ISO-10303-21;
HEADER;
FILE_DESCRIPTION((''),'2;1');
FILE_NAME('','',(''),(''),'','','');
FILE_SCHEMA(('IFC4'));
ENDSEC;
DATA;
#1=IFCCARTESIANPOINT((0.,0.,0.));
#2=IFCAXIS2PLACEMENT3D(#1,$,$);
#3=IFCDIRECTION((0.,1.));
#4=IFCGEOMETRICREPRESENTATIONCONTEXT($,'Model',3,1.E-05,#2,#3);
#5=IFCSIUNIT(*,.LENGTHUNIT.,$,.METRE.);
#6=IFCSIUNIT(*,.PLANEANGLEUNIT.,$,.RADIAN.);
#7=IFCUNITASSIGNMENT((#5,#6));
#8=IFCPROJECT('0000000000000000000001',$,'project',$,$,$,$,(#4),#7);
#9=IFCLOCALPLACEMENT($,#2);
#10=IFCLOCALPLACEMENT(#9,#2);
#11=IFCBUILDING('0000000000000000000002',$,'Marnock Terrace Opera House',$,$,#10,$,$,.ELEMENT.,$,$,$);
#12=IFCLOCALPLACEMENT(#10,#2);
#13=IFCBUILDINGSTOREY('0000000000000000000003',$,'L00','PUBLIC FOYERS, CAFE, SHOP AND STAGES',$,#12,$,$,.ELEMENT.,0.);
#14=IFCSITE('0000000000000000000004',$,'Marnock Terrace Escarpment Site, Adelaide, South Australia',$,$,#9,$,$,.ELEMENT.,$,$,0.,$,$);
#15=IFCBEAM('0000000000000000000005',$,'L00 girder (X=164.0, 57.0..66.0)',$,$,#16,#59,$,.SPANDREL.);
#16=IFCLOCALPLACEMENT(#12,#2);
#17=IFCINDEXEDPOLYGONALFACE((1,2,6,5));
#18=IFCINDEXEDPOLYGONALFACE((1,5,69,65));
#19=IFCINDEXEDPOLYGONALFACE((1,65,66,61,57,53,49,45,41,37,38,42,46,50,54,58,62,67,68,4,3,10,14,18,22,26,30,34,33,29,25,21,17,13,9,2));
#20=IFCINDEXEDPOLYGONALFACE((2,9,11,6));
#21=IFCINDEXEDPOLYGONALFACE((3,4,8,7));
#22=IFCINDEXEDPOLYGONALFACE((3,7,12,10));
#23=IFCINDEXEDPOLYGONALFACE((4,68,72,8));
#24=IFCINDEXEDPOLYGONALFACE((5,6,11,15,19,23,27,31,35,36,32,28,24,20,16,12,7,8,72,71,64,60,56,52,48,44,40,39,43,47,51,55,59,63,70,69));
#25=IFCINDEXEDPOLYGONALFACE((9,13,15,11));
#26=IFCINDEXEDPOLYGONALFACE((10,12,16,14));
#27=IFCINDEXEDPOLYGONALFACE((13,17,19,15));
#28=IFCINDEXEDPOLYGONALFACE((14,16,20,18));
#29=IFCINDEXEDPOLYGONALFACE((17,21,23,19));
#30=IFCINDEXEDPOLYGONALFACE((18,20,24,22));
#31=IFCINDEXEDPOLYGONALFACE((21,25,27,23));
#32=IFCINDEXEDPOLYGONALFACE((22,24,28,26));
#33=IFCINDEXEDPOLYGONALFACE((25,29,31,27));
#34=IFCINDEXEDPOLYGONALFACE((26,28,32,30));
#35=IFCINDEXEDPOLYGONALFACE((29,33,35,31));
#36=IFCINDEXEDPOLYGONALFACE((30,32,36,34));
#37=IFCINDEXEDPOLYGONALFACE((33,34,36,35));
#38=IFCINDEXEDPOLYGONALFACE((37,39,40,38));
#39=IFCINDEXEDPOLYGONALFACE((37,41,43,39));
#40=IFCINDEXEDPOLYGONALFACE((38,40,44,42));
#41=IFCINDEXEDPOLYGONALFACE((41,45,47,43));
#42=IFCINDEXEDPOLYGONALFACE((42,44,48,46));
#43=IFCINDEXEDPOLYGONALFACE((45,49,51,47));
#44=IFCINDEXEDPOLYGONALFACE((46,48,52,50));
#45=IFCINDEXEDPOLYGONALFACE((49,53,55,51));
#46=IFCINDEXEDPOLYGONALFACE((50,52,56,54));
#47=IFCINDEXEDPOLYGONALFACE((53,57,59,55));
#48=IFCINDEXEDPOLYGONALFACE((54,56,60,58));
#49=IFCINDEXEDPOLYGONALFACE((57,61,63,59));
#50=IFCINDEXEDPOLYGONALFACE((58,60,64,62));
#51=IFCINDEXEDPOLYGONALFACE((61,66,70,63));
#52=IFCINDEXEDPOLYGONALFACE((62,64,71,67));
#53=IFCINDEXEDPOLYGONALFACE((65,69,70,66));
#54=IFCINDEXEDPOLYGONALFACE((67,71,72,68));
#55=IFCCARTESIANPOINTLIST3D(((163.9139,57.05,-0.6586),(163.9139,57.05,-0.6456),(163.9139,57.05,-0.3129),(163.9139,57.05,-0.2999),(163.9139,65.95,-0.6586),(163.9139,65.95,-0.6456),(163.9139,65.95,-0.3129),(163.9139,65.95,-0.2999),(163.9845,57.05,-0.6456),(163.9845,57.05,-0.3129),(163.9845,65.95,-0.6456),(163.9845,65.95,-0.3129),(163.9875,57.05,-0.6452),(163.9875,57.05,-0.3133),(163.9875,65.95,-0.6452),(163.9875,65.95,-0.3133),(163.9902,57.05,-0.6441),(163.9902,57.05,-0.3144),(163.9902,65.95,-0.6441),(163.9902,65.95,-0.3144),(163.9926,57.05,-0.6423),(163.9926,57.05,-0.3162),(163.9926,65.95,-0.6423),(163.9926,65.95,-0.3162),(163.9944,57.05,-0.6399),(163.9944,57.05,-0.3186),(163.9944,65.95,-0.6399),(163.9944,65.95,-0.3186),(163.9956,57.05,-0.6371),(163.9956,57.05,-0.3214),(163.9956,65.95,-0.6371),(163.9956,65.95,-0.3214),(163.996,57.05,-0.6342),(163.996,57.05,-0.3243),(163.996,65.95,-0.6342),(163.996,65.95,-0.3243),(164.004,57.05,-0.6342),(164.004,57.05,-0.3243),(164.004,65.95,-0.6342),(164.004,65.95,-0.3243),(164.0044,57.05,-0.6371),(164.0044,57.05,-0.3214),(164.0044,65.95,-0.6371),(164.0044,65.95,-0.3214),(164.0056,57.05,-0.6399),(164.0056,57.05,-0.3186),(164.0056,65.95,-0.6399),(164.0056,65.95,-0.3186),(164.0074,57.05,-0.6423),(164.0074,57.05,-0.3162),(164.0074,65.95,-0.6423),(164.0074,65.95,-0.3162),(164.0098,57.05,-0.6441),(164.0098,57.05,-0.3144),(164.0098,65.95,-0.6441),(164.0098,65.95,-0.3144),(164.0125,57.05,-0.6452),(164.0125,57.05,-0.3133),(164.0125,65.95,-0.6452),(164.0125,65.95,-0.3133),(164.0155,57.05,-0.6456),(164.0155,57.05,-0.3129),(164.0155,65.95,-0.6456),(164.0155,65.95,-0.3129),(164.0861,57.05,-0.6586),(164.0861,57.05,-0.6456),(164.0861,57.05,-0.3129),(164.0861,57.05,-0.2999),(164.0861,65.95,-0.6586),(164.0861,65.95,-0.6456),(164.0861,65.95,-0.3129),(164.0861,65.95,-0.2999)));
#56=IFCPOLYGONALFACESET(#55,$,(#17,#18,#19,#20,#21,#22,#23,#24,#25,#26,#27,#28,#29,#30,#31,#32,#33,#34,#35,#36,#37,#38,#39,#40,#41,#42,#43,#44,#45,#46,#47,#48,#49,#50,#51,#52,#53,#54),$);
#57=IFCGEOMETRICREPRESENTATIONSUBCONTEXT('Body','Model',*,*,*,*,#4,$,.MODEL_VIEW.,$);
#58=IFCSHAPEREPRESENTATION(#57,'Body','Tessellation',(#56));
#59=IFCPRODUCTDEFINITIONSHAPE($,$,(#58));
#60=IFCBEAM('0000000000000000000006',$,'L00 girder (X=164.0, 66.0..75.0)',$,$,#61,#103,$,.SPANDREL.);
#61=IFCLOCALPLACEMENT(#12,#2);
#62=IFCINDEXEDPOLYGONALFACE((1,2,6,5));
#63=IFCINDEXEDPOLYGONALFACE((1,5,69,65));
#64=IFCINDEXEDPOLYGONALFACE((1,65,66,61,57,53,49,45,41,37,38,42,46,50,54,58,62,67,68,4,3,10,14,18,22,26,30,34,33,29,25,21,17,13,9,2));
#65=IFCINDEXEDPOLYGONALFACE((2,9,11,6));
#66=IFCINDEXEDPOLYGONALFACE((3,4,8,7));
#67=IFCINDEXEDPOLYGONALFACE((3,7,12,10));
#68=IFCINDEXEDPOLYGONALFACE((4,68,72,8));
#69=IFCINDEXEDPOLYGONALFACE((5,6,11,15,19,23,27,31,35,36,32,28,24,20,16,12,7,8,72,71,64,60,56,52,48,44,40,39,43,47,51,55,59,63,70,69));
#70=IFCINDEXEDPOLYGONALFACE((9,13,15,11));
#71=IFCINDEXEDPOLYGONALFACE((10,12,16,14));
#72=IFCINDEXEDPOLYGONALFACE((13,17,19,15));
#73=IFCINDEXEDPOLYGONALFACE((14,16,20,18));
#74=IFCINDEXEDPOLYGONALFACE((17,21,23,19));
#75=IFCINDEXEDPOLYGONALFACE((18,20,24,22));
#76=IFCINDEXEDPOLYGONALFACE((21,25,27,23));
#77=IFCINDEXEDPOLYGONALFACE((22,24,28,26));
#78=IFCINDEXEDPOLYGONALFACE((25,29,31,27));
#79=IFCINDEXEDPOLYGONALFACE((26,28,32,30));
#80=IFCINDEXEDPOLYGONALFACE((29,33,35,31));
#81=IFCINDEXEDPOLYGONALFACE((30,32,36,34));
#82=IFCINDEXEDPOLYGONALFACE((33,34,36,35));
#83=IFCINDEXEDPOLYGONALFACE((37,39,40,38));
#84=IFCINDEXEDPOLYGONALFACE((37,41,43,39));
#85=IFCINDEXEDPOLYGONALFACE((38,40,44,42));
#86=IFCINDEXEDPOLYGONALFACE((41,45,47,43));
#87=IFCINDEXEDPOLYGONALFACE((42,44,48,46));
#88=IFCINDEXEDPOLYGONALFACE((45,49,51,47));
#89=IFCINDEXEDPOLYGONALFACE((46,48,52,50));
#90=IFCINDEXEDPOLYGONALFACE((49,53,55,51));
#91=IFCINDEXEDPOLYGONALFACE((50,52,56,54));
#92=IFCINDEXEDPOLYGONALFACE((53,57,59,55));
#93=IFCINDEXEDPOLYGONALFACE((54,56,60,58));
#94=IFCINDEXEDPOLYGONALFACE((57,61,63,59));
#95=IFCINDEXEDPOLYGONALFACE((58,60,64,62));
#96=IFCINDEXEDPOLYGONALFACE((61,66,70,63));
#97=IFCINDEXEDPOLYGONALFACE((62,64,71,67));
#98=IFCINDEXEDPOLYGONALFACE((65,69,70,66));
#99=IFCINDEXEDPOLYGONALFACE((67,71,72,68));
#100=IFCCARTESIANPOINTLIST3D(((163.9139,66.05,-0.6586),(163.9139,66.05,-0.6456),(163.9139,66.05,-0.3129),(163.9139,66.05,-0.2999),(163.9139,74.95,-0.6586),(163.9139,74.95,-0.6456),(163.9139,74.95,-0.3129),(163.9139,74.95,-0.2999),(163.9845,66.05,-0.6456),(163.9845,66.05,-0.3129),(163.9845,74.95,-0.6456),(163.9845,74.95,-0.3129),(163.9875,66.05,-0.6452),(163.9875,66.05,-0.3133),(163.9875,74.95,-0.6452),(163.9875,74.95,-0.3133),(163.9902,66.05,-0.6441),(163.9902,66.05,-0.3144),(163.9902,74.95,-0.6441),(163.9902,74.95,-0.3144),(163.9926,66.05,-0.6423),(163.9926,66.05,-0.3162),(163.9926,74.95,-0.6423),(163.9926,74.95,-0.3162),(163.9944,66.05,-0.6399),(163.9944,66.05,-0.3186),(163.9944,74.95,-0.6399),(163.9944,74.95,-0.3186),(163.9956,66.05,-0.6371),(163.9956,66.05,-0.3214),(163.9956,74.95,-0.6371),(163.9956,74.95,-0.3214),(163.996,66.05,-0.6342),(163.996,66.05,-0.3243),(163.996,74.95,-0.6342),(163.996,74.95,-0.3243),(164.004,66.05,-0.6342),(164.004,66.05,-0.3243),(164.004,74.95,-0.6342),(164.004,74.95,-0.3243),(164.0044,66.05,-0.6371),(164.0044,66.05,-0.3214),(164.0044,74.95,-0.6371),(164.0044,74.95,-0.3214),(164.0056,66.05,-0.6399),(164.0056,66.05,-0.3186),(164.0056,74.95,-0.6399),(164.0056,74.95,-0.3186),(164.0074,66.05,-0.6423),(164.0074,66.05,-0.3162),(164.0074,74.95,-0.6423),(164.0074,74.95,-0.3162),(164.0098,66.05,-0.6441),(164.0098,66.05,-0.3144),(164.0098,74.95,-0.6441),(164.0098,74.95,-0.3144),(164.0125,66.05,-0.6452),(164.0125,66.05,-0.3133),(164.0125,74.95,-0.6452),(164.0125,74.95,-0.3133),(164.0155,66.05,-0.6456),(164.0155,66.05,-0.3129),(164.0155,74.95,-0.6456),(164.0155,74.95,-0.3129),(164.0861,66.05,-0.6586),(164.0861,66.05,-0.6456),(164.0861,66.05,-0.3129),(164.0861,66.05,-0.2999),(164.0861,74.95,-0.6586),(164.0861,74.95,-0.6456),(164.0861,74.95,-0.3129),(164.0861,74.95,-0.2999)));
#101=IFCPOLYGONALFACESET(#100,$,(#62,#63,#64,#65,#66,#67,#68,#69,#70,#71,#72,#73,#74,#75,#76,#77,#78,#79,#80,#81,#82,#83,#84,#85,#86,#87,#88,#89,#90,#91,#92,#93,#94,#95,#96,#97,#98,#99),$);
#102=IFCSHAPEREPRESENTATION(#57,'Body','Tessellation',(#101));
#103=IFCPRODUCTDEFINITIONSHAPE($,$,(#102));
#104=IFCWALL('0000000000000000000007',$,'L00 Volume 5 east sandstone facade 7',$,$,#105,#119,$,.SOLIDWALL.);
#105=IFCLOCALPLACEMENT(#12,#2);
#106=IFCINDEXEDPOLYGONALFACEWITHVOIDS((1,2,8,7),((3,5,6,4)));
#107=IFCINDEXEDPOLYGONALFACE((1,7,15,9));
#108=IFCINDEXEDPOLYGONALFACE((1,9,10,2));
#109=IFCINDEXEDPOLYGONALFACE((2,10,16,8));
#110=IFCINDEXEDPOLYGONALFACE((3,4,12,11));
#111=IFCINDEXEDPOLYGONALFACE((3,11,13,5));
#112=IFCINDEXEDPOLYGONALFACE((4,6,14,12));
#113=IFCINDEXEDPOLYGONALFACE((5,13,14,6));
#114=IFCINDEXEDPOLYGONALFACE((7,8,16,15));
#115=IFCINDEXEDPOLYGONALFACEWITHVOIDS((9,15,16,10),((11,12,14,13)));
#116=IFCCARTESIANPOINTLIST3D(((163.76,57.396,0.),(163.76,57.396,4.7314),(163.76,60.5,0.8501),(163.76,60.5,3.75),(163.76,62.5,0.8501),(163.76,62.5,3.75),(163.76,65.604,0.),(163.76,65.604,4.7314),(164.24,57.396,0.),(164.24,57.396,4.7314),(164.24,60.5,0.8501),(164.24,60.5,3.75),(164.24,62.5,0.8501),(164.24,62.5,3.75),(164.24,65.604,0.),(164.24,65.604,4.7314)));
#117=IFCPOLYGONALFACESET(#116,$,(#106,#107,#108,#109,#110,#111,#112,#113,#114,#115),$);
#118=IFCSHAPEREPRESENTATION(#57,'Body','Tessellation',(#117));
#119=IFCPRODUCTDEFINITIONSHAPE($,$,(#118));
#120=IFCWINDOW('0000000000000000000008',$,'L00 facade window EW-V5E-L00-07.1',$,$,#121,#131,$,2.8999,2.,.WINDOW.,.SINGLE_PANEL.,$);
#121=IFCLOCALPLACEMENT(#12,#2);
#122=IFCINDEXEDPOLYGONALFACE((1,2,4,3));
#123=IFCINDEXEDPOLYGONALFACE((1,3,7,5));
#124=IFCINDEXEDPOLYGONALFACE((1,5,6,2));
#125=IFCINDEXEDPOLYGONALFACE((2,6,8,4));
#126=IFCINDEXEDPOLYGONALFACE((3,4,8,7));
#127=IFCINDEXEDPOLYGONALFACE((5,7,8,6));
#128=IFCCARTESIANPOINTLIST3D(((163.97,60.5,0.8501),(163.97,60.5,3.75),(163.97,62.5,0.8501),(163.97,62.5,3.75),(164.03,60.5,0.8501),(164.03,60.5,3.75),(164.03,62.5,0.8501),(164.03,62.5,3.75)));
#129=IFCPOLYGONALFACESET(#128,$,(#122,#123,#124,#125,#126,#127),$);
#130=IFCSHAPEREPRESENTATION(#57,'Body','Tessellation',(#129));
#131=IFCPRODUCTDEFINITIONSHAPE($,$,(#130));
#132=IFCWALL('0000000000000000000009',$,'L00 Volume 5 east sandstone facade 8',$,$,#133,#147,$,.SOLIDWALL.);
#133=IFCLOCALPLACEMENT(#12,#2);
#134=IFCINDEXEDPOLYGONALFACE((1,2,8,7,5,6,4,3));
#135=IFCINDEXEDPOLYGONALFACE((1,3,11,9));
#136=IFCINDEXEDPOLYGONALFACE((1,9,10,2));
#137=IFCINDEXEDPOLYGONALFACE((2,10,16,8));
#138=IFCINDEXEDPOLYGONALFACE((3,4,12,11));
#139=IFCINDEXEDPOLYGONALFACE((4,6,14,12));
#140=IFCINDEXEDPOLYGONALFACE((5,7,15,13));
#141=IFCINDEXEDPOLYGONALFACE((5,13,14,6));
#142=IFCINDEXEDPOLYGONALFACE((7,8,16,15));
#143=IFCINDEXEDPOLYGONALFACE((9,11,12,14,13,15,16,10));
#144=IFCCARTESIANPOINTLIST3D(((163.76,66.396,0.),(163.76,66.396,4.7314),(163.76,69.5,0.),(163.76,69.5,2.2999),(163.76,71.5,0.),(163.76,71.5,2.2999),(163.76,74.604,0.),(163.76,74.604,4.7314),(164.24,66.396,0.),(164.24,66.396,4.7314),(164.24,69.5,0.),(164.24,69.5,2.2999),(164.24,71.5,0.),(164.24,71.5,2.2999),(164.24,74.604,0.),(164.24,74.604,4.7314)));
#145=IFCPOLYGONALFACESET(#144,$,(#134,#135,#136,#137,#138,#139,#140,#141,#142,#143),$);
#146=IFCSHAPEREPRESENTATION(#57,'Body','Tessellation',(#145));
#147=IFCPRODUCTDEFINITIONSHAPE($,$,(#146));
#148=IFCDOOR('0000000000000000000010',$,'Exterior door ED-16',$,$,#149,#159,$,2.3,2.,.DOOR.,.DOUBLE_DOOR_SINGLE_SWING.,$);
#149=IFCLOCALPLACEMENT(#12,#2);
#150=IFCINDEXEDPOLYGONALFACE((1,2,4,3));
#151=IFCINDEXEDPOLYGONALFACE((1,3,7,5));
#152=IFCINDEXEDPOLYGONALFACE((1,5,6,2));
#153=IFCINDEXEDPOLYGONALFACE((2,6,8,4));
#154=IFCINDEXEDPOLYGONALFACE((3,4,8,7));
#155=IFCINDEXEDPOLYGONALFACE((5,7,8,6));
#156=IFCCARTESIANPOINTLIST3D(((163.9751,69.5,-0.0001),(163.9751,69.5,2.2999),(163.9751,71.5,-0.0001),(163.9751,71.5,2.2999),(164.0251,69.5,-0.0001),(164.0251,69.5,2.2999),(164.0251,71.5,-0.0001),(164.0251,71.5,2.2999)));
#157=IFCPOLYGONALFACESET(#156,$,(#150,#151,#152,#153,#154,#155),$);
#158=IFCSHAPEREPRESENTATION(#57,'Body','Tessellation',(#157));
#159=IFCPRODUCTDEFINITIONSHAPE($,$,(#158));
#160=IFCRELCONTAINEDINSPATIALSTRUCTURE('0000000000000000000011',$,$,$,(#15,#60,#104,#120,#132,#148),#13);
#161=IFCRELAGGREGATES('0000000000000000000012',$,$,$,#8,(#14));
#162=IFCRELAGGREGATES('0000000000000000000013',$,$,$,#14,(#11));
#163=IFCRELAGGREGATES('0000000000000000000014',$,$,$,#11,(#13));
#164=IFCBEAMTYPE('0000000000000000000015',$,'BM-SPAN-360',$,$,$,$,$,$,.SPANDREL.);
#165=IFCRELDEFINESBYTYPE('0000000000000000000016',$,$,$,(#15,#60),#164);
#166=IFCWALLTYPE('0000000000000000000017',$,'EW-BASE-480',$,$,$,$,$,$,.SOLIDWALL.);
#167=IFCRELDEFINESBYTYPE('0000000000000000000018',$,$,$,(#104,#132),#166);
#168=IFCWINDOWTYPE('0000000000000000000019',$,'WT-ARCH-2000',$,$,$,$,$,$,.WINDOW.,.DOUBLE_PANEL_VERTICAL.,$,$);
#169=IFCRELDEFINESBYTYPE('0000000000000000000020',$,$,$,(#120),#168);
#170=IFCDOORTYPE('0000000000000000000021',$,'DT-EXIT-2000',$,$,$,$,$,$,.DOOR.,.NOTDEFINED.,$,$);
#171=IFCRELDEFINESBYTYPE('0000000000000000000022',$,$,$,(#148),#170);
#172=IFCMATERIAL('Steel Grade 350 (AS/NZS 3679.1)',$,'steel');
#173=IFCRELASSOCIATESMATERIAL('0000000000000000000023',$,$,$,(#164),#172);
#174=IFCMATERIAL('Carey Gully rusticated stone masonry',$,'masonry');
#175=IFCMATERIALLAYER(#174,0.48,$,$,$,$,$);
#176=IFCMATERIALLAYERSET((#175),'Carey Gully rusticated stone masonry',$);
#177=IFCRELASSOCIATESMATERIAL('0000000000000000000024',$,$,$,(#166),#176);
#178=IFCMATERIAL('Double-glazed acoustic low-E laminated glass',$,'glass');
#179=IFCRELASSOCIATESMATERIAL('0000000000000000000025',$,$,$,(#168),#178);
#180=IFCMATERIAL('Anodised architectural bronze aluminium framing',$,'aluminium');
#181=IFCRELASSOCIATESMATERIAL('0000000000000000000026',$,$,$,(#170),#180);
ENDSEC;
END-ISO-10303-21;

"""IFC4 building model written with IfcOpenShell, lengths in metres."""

from ifc_helpers import new_model, si_unit, direction, frame, frame_2d, origin, origin_2d, place, context, subcontext, project, spatial, rectangle, i_section, extrude, material, layer, layer_set, material_profile, profile_set, type_object, element, fill, save


model = new_model("IFC4")

# Units and contexts
model_context = context("Model", 3, precision=1e-05, world=origin(), true_north=direction((0.0, 1.0)))
body_context = subcontext(model_context, "Body", "Model", "MODEL_VIEW")
ifc_project = project(units=[si_unit("LENGTHUNIT", "METRE"), si_unit("PLANEANGLEUNIT", "RADIAN")], contexts=[model_context])

# Site, building, storey
site_placement = place(None, origin())
site = spatial("IfcSite", under=ifc_project, at=site_placement, Name="Marnock Terrace Escarpment Site, Adelaide, South Australia", CompositionType="ELEMENT", RefElevation=0.0)
building_placement = place(site_placement, origin())
building = spatial("IfcBuilding", under=site, at=building_placement, Name="Marnock Terrace Opera House", CompositionType="ELEMENT")
storey_placement = place(building_placement, origin())
storey = spatial("IfcBuildingStorey", under=building, at=storey_placement, Name="L00", Description="PUBLIC FOYERS, CAFE, SHOP AND STAGES", CompositionType="ELEMENT", Elevation=0.0)

# Beams
ifc_material_1 = material(Name="Steel Grade 350 (AS/NZS 3679.1)", Category="steel")
ifc_material_profile_1 = material_profile(ifc_material_1, i_section(OverallWidth=0.1721, OverallDepth=0.3586, WebThickness=0.0081, FlangeThickness=0.0129, FilletRadius=0.0115, at=origin_2d()))
ifc_profile_set_1 = profile_set([ifc_material_profile_1], Name="Steel Grade 350 (AS/NZS 3679.1)")
beam_type_1 = type_object("IfcBeamType", Name="BM-SPAN-360", PredefinedType="SPANDREL", material=ifc_profile_set_1)
for number, where, z_axis, x_axis, name in (
    (1, (164.0, 57.05, -0.4792), (0.0, 1.0, 0.0), (-1.0, 0.0, 0.0), "L00 girder (X=164.0, 57.0..66.0)"),
    (2, (164.0, 66.05, -0.4792), (0.0, 1.0, 0.0), (-1.0, 0.0, 0.0), "L00 girder (X=164.0, 66.0..75.0)"),
):
    element("IfcBeam", number, at=place(storey_placement, frame(where, z_axis=z_axis, x_axis=x_axis)), inside=storey, type_object=beam_type_1, Name=name, PredefinedType="SPANDREL", context=body_context, shape_type="SweptSolid", body=[
        extrude(i_section(OverallWidth=0.1721, OverallDepth=0.3586, WebThickness=0.0081, FlangeThickness=0.0129, FilletRadius=0.0115, at=origin_2d()), origin(), (0.0, 0.0, 1.0), 8.8999),
    ])

# Wall, opening, window
ifc_material_2 = material(Name="Carey Gully rusticated stone masonry", Category="masonry")
ifc_layer_1 = layer(ifc_material_2, 0.48)
ifc_layer_set_1 = layer_set([ifc_layer_1], Name="Carey Gully rusticated stone masonry")
wall_type_1 = type_object("IfcWallType", Name="EW-BASE-480", PredefinedType="SOLIDWALL", material=ifc_layer_set_1)
wall_1_placement = place(storey_placement, frame((164.0, 57.396, 0.0), z_axis=(0.0, 0.0, 1.0), x_axis=(0.0, 1.0, 0.0)))
wall_1 = element("IfcWall", 3, at=wall_1_placement, inside=storey, type_object=wall_type_1, Name="L00 Volume 5 east sandstone facade 7", PredefinedType="SOLIDWALL", context=body_context, shape_type="SweptSolid", body=[
    extrude(rectangle(XDim=8.208, YDim=0.48, at=frame_2d((4.104, 0.0))), origin(), (0.0, 0.0, 1.0), 4.7314),
])
opening_1_placement = place(wall_1_placement, frame((3.104, 0.0, 0.8501)))
opening_1 = element("IfcOpeningElement", 4, at=opening_1_placement, cuts=wall_1, PredefinedType="OPENING", context=body_context, shape_type="SweptSolid", body=[
    extrude(rectangle(XDim=2.0, YDim=2.8999, at=frame_2d((1.0, 1.45))), frame((0.0, 0.25, 0.0), z_axis=(0.0, -1.0, 0.0), x_axis=(1.0, 0.0, 0.0)), (0.0, 0.0, 1.0), 0.5),
])
ifc_material_3 = material(Name="Double-glazed acoustic low-E laminated glass", Category="glass")
window_type = type_object("IfcWindowType", Name="WT-ARCH-2000", PartitioningType="DOUBLE_PANEL_VERTICAL", PredefinedType="WINDOW", material=ifc_material_3)
window_placement = place(opening_1_placement, origin())
window = element("IfcWindow", 5, at=window_placement, inside=storey, type_object=window_type, Name="L00 facade window EW-V5E-L00-07.1", OverallHeight=2.8999, OverallWidth=2.0, PartitioningType="SINGLE_PANEL", PredefinedType="WINDOW", context=body_context, shape_type="SweptSolid", body=[
    extrude(rectangle(XDim=2.0, YDim=2.8999, at=frame_2d((1.0, 1.45))), frame((0.0, 0.03, 0.0), z_axis=(0.0, -1.0, 0.0), x_axis=(1.0, 0.0, 0.0)), (0.0, 0.0, 1.0), 0.0601),
])
fill(opening_1, window)

# Wall, opening, door
wall_2_placement = place(storey_placement, frame((164.0, 66.396, 0.0), z_axis=(0.0, 0.0, 1.0), x_axis=(0.0, 1.0, 0.0)))
wall_2 = element("IfcWall", 6, at=wall_2_placement, inside=storey, type_object=wall_type_1, Name="L00 Volume 5 east sandstone facade 8", PredefinedType="SOLIDWALL", context=body_context, shape_type="SweptSolid", body=[
    extrude(rectangle(XDim=8.208, YDim=0.48, at=frame_2d((4.104, 0.0))), origin(), (0.0, 0.0, 1.0), 4.7314),
])
opening_2_placement = place(wall_2_placement, frame((3.104, 0.0, 0.0)))
opening_2 = element("IfcOpeningElement", 7, at=opening_2_placement, cuts=wall_2, PredefinedType="OPENING", context=body_context, shape_type="SweptSolid", body=[
    extrude(rectangle(XDim=2.0, YDim=2.3, at=frame_2d((1.0, 1.1499))), frame((0.0, 0.25, 0.0), z_axis=(0.0, -1.0, 0.0), x_axis=(1.0, 0.0, 0.0)), (0.0, 0.0, 1.0), 0.5),
])
ifc_material_4 = material(Name="Anodised architectural bronze aluminium framing", Category="aluminium")
door_type_1 = type_object("IfcDoorType", Name="DT-EXIT-2000", OperationType="NOTDEFINED", PredefinedType="DOOR", material=ifc_material_4)
door_1_placement = place(opening_2_placement, origin())
door_1 = element("IfcDoor", 8, at=door_1_placement, inside=storey, type_object=door_type_1, Name="Exterior door ED-16", OperationType="DOUBLE_DOOR_SINGLE_SWING", OverallHeight=2.3, OverallWidth=2.0, PredefinedType="DOOR", context=body_context, shape_type="SweptSolid", body=[
    extrude(rectangle(XDim=2.0, YDim=2.3, at=frame_2d((1.0, 1.1499))), frame((0.0, 0.0249, 0.0), z_axis=(0.0, -1.0, 0.0), x_axis=(1.0, 0.0, 0.0)), (0.0, 0.0, 1.0), 0.05),
])
fill(opening_2, door_1)

save(model, "model.ifc")
